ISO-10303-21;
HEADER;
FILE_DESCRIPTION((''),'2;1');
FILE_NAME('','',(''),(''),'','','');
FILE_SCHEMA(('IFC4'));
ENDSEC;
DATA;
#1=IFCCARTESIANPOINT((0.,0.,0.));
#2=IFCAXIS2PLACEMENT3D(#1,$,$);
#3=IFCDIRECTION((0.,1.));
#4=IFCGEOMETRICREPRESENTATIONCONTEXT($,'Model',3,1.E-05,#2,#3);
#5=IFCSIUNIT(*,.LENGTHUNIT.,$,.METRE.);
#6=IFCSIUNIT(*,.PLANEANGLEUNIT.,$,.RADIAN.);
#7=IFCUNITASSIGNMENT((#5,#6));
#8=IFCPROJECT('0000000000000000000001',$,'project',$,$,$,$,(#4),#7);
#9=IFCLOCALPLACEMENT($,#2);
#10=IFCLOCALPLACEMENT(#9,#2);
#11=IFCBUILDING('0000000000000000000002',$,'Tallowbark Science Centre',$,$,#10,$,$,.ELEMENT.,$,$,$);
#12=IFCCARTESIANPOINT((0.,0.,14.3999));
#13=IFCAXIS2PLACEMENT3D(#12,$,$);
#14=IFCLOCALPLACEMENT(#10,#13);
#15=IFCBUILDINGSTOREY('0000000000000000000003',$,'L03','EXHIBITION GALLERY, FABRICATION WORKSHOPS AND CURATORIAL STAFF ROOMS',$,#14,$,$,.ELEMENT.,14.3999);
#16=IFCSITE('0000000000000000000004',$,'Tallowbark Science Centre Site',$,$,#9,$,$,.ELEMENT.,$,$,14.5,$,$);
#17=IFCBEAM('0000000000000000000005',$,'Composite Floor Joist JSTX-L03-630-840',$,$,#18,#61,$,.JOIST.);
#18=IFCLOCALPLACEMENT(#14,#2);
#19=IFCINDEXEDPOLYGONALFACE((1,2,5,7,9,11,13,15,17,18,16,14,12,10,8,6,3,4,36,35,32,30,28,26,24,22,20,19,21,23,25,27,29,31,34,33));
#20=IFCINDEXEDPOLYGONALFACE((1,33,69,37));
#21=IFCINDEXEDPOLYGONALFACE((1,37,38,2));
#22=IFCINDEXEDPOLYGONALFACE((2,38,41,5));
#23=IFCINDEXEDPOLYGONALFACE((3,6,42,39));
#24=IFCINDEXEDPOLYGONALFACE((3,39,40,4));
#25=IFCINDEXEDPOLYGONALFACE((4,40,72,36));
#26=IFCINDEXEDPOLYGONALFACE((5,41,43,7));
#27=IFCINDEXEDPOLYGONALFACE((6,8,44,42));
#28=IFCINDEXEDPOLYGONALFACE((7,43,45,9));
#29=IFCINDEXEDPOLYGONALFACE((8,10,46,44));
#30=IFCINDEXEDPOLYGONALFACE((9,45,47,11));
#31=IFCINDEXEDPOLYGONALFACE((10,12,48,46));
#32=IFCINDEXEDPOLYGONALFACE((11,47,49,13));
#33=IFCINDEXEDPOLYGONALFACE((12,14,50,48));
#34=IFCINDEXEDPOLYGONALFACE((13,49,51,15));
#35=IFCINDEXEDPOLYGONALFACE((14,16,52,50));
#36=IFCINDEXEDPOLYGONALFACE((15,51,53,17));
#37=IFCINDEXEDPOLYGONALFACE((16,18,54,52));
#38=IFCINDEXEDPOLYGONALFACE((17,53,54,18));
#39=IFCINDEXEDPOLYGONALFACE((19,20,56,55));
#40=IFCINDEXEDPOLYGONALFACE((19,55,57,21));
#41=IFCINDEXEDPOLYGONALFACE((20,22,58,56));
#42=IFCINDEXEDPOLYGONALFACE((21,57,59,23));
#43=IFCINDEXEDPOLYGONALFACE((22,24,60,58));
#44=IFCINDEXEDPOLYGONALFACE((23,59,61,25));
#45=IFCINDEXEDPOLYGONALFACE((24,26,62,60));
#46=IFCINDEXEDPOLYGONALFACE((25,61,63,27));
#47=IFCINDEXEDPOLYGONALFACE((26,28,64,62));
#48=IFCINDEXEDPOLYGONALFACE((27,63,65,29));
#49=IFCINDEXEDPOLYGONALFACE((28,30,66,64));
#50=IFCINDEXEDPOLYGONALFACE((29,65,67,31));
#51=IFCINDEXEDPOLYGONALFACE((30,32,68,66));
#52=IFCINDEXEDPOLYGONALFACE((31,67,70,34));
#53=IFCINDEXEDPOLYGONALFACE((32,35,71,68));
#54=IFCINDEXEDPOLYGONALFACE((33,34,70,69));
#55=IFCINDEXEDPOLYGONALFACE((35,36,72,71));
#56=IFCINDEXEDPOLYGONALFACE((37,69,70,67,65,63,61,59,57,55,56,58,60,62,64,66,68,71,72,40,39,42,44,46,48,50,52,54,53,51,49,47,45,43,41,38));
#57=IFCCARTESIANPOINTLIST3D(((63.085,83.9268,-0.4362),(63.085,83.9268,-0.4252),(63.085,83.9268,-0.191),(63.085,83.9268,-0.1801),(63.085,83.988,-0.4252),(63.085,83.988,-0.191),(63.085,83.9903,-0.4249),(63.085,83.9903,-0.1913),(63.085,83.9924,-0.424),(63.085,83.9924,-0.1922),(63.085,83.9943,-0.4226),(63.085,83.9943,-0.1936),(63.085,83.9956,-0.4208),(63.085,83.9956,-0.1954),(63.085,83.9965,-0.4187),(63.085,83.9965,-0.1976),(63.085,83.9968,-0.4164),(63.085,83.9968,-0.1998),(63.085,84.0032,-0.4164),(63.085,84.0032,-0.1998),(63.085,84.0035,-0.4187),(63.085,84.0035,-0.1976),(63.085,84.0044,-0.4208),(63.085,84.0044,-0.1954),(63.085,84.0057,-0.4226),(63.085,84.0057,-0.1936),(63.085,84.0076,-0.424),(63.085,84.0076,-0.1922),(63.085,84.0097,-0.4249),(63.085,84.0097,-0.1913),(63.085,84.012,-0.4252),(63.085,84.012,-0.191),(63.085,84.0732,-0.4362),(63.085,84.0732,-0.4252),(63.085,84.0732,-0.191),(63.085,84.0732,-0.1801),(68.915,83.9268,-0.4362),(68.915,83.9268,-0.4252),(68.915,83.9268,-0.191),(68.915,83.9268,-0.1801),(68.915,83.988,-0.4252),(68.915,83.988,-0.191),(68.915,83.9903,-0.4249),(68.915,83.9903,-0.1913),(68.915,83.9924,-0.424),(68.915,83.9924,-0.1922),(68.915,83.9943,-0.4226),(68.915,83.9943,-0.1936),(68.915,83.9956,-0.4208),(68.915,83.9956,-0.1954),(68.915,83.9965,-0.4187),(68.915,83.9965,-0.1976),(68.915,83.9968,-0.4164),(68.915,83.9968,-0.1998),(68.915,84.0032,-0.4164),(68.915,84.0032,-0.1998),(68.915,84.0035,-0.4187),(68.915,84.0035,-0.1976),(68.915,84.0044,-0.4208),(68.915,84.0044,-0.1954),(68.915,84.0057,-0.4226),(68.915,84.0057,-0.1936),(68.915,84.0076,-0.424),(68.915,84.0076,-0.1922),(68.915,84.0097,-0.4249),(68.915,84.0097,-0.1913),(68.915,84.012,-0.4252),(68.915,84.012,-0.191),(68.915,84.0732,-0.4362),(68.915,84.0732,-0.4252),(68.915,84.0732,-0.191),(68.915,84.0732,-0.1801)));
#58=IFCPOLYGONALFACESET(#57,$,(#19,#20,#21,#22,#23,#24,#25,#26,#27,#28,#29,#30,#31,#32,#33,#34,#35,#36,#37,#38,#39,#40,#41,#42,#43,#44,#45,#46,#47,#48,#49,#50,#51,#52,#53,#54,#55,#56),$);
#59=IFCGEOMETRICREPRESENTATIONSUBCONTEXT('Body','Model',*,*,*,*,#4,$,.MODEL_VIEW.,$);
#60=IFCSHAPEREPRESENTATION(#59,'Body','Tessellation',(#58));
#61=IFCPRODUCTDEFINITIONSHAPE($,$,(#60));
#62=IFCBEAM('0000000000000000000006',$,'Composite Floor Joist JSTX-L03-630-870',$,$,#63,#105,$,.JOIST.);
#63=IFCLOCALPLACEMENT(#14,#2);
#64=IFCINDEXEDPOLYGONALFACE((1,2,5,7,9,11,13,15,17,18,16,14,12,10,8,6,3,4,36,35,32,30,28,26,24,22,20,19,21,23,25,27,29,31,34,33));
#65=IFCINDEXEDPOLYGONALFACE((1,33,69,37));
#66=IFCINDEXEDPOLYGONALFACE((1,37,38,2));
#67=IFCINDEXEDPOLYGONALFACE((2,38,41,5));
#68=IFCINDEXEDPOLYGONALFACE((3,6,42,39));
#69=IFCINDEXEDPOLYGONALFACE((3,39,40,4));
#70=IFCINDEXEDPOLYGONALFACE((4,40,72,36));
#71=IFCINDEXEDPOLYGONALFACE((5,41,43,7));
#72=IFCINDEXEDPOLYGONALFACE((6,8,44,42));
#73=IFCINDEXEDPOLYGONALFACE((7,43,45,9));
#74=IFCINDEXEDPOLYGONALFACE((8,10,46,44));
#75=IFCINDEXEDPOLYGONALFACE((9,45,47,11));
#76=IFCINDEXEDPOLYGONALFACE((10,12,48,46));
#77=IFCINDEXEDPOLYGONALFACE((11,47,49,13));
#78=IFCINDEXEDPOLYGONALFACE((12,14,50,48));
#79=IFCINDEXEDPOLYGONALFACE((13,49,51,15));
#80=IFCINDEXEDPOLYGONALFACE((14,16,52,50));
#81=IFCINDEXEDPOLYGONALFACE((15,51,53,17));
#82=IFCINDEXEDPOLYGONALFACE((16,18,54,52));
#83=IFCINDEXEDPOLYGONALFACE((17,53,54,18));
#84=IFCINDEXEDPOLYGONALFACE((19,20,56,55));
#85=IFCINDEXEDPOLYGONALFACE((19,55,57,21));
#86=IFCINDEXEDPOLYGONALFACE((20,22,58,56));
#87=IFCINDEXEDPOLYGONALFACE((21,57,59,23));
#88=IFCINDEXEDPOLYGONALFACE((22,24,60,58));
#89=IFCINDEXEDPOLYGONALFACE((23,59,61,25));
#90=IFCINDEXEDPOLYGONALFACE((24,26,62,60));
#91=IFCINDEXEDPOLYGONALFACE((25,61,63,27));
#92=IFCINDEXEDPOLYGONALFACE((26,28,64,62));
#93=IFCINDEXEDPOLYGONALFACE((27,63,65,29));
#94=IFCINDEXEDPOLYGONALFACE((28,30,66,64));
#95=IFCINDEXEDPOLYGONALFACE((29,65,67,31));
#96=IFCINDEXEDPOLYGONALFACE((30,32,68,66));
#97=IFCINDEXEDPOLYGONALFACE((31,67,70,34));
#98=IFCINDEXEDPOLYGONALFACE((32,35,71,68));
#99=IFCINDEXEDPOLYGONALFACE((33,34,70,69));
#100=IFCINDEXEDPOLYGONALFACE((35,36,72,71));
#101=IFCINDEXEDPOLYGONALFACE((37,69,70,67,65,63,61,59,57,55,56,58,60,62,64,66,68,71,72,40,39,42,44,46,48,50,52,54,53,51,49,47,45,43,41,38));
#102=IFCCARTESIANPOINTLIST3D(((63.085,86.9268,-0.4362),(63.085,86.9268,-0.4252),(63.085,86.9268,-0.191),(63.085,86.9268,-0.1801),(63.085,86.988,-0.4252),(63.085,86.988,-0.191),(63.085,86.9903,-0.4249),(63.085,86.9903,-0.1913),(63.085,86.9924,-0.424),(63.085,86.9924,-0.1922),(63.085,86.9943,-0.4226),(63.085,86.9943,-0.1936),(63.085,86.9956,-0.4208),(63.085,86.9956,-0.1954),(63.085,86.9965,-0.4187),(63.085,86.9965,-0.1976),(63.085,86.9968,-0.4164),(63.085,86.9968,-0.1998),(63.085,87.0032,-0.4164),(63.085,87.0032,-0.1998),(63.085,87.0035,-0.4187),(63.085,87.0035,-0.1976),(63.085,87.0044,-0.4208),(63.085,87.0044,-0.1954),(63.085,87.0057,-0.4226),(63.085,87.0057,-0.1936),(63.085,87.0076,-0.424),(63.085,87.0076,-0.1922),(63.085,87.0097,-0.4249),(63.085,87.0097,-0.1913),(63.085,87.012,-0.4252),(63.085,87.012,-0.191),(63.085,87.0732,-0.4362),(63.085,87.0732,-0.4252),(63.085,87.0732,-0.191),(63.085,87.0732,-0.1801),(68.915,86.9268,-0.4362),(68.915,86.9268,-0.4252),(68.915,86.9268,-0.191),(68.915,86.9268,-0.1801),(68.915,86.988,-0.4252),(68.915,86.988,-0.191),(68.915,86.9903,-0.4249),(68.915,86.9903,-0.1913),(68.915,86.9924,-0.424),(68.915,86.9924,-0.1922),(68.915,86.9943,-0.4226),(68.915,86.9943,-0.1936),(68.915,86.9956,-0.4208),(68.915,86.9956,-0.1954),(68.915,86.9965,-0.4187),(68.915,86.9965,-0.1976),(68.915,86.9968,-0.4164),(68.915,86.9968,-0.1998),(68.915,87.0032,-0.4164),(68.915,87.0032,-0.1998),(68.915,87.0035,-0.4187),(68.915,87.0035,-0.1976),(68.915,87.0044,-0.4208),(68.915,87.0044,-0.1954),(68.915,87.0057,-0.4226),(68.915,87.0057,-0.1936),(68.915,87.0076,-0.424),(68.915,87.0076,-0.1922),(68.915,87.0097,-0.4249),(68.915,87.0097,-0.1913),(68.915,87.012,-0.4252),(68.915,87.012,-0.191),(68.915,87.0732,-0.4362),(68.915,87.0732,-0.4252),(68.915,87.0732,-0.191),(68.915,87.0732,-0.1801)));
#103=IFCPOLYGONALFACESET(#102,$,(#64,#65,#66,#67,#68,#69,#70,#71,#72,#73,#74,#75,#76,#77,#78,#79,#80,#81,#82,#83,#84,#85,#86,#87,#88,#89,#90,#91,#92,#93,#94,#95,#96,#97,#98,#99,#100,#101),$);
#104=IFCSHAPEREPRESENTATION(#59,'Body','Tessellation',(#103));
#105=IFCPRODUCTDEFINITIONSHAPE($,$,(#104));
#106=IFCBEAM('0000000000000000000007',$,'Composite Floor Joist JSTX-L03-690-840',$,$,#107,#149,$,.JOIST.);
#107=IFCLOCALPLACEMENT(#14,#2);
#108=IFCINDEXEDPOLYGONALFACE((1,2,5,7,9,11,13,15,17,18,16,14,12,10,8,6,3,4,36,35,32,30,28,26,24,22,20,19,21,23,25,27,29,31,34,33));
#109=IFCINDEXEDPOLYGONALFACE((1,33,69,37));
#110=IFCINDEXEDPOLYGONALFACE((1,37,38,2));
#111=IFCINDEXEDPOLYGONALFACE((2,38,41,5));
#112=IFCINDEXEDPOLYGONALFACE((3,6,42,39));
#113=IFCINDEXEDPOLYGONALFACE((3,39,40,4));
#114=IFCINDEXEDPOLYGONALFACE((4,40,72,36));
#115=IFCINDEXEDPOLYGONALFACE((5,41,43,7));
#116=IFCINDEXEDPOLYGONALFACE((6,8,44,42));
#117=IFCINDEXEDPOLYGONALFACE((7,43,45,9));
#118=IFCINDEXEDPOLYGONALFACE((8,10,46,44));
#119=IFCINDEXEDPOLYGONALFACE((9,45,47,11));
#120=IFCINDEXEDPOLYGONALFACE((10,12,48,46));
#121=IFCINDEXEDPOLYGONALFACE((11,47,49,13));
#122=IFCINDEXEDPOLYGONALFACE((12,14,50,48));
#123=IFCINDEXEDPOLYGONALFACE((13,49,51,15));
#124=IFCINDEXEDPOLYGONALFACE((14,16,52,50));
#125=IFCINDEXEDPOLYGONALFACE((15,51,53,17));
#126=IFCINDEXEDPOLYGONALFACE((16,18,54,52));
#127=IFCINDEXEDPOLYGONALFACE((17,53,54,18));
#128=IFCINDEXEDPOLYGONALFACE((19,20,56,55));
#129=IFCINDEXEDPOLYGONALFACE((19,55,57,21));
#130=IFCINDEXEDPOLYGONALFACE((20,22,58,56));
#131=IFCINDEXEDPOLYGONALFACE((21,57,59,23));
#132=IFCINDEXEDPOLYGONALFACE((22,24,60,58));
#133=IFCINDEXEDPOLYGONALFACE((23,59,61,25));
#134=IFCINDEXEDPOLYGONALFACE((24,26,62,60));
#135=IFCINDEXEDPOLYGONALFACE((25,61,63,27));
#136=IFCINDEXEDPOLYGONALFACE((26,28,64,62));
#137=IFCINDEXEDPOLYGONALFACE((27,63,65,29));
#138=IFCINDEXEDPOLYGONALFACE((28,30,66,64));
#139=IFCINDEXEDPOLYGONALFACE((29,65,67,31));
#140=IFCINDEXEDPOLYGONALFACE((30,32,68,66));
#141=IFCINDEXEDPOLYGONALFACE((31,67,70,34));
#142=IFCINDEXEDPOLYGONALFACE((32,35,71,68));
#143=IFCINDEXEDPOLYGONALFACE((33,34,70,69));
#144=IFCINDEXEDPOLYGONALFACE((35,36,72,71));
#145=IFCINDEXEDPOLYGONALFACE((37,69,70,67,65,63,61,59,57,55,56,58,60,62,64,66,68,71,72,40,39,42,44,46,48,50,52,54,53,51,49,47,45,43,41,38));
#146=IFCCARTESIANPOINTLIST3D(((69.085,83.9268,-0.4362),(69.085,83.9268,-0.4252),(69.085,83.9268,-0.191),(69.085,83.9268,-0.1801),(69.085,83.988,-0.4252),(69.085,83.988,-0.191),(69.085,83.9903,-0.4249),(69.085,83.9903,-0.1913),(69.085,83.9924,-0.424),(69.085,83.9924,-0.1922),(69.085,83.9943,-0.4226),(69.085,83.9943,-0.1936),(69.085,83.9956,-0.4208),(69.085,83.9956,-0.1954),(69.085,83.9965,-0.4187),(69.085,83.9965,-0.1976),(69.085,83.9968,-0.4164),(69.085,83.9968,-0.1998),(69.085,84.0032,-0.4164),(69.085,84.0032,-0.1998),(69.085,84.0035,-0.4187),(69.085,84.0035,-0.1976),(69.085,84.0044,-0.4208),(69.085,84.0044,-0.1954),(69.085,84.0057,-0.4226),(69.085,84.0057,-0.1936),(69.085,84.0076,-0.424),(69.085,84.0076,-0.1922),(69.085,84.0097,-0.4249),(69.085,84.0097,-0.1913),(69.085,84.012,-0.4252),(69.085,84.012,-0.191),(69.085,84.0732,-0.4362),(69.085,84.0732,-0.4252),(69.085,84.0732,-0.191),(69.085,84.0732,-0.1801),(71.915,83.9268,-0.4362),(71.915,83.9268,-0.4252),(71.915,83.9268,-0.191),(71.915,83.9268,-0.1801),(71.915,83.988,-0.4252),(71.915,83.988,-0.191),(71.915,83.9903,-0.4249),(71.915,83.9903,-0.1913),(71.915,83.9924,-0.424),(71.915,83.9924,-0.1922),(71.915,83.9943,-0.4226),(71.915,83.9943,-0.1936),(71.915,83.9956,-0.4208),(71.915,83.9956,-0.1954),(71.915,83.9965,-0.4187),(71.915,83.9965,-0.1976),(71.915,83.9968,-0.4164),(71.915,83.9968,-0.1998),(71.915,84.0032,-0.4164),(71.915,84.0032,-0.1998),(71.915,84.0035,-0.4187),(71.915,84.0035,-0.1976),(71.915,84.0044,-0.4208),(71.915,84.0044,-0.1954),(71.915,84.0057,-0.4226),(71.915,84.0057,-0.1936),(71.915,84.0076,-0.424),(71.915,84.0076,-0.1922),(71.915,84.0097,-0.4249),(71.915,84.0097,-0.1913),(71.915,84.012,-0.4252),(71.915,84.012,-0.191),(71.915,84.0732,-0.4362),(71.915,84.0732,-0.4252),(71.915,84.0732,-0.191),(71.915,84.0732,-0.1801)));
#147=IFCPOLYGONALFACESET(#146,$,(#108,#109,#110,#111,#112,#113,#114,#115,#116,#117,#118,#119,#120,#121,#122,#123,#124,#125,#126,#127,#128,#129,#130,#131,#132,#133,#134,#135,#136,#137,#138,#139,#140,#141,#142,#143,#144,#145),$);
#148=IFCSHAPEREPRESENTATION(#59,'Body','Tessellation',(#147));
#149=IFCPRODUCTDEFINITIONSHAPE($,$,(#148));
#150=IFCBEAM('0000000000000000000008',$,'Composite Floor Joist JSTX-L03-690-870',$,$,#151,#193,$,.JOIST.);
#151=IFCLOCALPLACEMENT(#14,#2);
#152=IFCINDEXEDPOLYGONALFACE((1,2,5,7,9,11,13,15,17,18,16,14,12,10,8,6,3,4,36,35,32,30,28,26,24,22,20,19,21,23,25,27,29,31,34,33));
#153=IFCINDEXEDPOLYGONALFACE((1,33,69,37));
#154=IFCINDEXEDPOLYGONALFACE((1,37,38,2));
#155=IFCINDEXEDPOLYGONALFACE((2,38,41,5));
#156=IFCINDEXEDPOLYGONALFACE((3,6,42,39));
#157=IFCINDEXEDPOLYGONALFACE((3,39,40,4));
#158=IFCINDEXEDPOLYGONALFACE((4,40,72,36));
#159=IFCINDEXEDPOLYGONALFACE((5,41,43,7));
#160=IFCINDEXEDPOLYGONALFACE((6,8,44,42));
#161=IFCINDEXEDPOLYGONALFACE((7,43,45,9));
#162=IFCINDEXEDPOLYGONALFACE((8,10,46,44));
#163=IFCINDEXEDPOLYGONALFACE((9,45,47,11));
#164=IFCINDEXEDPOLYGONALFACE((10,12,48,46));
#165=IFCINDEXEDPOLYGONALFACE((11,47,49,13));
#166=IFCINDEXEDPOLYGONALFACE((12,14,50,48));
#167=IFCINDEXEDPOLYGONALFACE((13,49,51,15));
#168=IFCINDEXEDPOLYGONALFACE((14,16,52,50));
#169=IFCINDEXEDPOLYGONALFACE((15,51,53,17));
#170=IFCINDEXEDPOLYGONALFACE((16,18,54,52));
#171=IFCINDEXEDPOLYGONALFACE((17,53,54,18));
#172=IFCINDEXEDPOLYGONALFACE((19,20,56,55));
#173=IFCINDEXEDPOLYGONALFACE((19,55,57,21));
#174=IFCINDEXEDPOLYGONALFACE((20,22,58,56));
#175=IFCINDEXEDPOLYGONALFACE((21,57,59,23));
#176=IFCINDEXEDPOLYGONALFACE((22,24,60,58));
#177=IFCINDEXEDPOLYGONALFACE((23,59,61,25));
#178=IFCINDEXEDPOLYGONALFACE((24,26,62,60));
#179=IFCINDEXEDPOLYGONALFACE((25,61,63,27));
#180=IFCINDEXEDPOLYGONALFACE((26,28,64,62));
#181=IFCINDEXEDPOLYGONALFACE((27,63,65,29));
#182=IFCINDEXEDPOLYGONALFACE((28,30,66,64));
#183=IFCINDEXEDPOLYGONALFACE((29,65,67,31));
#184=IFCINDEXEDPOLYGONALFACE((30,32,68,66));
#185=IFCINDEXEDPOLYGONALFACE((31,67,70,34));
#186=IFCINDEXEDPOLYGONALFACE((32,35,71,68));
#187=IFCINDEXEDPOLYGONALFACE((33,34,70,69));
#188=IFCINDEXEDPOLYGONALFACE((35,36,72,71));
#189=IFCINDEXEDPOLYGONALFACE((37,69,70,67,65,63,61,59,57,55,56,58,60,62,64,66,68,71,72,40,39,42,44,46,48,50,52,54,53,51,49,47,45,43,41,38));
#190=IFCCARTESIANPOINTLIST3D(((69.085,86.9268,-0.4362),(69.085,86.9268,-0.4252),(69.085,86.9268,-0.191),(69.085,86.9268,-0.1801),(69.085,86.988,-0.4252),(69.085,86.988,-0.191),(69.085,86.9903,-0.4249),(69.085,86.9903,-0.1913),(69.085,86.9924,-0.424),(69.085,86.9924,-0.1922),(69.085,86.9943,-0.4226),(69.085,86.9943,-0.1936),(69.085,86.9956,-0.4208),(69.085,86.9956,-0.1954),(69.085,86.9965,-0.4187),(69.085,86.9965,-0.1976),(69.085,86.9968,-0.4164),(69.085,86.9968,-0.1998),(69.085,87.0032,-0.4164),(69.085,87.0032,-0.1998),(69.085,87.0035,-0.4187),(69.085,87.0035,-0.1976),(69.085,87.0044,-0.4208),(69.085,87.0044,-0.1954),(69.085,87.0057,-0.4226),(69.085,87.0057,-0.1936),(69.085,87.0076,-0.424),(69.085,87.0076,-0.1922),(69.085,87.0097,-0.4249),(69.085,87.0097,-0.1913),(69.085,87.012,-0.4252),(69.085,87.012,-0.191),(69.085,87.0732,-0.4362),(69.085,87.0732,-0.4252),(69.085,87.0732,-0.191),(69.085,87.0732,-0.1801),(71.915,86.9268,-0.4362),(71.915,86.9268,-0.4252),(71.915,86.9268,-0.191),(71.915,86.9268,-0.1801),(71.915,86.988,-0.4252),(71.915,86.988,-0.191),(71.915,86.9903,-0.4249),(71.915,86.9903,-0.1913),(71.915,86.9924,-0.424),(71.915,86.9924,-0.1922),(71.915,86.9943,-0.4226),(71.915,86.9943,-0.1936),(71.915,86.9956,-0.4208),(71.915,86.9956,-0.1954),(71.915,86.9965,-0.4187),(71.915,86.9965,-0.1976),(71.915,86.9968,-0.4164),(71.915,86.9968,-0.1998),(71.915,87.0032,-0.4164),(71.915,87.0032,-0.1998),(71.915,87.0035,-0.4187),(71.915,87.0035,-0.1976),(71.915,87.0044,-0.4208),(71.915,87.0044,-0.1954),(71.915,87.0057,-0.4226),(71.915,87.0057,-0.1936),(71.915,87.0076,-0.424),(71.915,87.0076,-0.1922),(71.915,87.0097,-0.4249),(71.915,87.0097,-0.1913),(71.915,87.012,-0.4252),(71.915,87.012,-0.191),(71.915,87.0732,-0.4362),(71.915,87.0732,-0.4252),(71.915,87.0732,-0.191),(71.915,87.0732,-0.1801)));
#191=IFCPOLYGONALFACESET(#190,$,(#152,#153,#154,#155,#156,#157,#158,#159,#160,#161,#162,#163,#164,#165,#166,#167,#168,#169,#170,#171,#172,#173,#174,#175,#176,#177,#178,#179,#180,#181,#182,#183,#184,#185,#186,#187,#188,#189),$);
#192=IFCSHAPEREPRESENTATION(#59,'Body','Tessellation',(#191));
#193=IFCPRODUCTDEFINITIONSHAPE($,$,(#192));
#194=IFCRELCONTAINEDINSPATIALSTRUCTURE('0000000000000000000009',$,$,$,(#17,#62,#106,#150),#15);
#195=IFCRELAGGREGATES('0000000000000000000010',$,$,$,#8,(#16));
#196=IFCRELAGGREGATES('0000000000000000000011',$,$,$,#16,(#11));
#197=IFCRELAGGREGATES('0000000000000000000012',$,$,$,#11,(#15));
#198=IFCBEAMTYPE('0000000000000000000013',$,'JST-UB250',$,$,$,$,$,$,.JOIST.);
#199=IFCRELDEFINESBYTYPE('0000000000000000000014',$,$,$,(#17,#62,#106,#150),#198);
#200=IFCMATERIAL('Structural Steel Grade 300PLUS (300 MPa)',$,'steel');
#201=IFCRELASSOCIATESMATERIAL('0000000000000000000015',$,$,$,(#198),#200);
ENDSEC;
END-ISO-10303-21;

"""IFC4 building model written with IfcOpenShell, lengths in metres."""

from ifc_helpers import new_model, si_unit, direction, frame, origin, origin_2d, place, context, subcontext, project, spatial, i_section, extrude, material, material_profile, profile_set, type_object, element, save


model = new_model("IFC4")

# Units and contexts
model_context = context("Model", 3, precision=1e-05, world=origin(), true_north=direction((0.0, 1.0)))
body_context = subcontext(model_context, "Body", "Model", "MODEL_VIEW")
ifc_project = project(units=[si_unit("LENGTHUNIT", "METRE"), si_unit("PLANEANGLEUNIT", "RADIAN")], contexts=[model_context])

# Site, building, storey
site_placement = place(None, origin())
site = spatial("IfcSite", under=ifc_project, at=site_placement, Name="Tallowbark Science Centre Site", CompositionType="ELEMENT", RefElevation=14.5)
building_placement = place(site_placement, origin())
building = spatial("IfcBuilding", under=site, at=building_placement, Name="Tallowbark Science Centre", CompositionType="ELEMENT")
storey_placement = place(building_placement, frame((0.0, 0.0, 14.3999)))
storey = spatial("IfcBuildingStorey", under=building, at=storey_placement, Name="L03", Description="EXHIBITION GALLERY, FABRICATION WORKSHOPS AND CURATORIAL STAFF ROOMS", CompositionType="ELEMENT", Elevation=14.3999)

# Shared definitions
ifc_material_1 = material(Name="Structural Steel Grade 300PLUS (300 MPa)", Category="steel")

# Beams
ifc_material_profile_1 = material_profile(ifc_material_1, i_section(OverallWidth=0.1465, OverallDepth=0.2561, WebThickness=0.0063, FlangeThickness=0.011, FilletRadius=0.0088, at=origin_2d()), Name="250UB37.3")
ifc_profile_set_1 = profile_set([ifc_material_profile_1], Name="Structural Steel Grade 300PLUS (300 MPa)")
beam_type_1 = type_object("IfcBeamType", Name="JST-UB250", PredefinedType="JOIST", material=ifc_profile_set_1)
for number, where, z_axis, x_axis, name in (
    (1, (63.085, 84.0, -0.3081), (1.0, 0.0, 0.0), (0.0, 1.0, 0.0), "Composite Floor Joist JSTX-L03-630-840"),
    (2, (63.085, 87.0, -0.3081), (1.0, 0.0, 0.0), (0.0, 1.0, 0.0), "Composite Floor Joist JSTX-L03-630-870"),
):
    element("IfcBeam", number, at=place(storey_placement, frame(where, z_axis=z_axis, x_axis=x_axis)), inside=storey, type_object=beam_type_1, Name=name, PredefinedType="JOIST", context=body_context, shape_type="SweptSolid", body=[
        extrude(i_section(OverallWidth=0.1465, OverallDepth=0.2561, WebThickness=0.0063, FlangeThickness=0.011, FilletRadius=0.0088, at=origin_2d()), origin(), (0.0, 0.0, 1.0), 5.8301),
    ])
for number, where, z_axis, x_axis, name in (
    (3, (69.085, 84.0, -0.3081), (1.0, 0.0, 0.0), (0.0, 1.0, 0.0), "Composite Floor Joist JSTX-L03-690-840"),
    (4, (69.085, 87.0, -0.3081), (1.0, 0.0, 0.0), (0.0, 1.0, 0.0), "Composite Floor Joist JSTX-L03-690-870"),
):
    element("IfcBeam", number, at=place(storey_placement, frame(where, z_axis=z_axis, x_axis=x_axis)), inside=storey, type_object=beam_type_1, Name=name, PredefinedType="JOIST", context=body_context, shape_type="SweptSolid", body=[
        extrude(i_section(OverallWidth=0.1465, OverallDepth=0.2561, WebThickness=0.0063, FlangeThickness=0.011, FilletRadius=0.0088, at=origin_2d()), origin(), (0.0, 0.0, 1.0), 2.8301),
    ])

save(model, "model.ifc")
